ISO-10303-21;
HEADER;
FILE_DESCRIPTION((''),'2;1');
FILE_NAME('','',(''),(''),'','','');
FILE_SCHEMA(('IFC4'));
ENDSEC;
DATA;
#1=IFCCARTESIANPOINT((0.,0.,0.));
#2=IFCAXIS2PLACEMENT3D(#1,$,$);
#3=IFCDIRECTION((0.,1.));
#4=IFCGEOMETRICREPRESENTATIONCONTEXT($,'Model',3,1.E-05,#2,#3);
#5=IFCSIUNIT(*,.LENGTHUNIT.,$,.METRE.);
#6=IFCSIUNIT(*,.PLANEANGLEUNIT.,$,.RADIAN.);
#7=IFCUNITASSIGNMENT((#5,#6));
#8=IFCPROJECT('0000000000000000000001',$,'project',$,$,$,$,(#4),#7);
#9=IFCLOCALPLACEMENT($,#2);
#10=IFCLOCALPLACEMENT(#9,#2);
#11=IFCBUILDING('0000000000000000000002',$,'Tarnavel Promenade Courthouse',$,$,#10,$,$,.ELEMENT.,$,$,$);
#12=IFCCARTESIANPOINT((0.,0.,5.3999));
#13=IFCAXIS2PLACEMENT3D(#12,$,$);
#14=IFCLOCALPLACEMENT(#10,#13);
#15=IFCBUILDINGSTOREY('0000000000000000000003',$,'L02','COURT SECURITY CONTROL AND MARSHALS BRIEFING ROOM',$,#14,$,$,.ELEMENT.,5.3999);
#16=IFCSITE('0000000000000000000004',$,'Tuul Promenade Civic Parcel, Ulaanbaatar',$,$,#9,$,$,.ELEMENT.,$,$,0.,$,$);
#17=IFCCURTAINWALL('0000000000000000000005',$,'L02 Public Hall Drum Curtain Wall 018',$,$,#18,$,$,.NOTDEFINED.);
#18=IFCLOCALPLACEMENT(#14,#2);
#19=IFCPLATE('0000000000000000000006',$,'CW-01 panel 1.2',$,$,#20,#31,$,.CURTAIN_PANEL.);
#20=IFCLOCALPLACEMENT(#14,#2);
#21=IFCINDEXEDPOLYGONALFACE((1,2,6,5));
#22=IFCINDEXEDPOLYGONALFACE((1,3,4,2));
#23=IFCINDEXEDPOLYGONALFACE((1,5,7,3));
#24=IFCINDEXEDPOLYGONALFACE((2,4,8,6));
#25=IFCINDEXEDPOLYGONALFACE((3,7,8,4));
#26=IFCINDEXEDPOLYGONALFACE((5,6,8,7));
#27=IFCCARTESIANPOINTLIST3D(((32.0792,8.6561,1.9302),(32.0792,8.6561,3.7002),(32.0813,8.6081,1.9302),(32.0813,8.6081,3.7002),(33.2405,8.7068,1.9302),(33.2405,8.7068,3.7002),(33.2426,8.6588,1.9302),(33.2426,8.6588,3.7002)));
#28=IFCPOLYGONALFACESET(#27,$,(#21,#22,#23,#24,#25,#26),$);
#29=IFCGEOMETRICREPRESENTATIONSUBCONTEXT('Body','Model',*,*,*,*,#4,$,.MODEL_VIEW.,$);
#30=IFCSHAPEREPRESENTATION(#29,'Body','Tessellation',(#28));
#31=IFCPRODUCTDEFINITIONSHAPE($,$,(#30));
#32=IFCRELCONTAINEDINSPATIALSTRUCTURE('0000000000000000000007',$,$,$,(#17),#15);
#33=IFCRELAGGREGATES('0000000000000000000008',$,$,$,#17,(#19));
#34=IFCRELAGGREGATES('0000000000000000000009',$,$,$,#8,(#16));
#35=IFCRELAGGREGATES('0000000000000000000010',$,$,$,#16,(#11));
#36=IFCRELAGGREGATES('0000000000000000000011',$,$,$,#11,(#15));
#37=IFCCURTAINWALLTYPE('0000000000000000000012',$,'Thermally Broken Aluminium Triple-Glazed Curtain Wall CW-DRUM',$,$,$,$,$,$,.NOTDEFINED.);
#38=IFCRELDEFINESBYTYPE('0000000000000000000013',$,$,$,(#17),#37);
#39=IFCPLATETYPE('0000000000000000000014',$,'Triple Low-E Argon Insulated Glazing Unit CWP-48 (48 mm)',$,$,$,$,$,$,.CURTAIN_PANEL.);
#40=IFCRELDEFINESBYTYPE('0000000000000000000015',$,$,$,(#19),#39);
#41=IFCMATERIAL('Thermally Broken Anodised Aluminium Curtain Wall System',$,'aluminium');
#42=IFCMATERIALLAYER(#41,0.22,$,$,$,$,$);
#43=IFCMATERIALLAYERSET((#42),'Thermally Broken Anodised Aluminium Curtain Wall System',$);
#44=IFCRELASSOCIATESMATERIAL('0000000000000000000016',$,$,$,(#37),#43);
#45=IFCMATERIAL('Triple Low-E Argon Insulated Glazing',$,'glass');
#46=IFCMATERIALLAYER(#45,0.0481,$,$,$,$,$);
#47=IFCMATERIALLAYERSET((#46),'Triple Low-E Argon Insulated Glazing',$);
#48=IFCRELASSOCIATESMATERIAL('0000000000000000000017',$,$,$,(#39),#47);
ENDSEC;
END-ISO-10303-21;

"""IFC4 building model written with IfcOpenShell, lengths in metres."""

from ifc_helpers import new_model, si_unit, direction, frame, origin, origin_2d, place, context, subcontext, project, spatial, rectangle, extrude, material, layer, layer_set, type_object, element, aggregate, save


model = new_model("IFC4")

# Units and contexts
model_context = context("Model", 3, precision=1e-05, world=origin(), true_north=direction((0.0, 1.0)))
body_context = subcontext(model_context, "Body", "Model", "MODEL_VIEW")
ifc_project = project(units=[si_unit("LENGTHUNIT", "METRE"), si_unit("PLANEANGLEUNIT", "RADIAN")], contexts=[model_context])

# Site, building, storey
site_placement = place(None, origin())
site = spatial("IfcSite", under=ifc_project, at=site_placement, Name="Tuul Promenade Civic Parcel, Ulaanbaatar", CompositionType="ELEMENT", RefElevation=0.0)
building_placement = place(site_placement, origin())
building = spatial("IfcBuilding", under=site, at=building_placement, Name="Tarnavel Promenade Courthouse", CompositionType="ELEMENT")
storey_placement = place(building_placement, frame((0.0, 0.0, 5.3999)))
storey = spatial("IfcBuildingStorey", under=building, at=storey_placement, Name="L02", Description="COURT SECURITY CONTROL AND MARSHALS BRIEFING ROOM", CompositionType="ELEMENT", Elevation=5.3999)

# Shared definitions
ifc_material_1 = material(Name="Thermally Broken Anodised Aluminium Curtain Wall System", Category="aluminium")
ifc_layer_1 = layer(ifc_material_1, 0.22)
ifc_layer_set_1 = layer_set([ifc_layer_1], Name="Thermally Broken Anodised Aluminium Curtain Wall System")
curtain_wall_type = type_object("IfcCurtainWallType", Name="Thermally Broken Aluminium Triple-Glazed Curtain Wall CW-DRUM", PredefinedType="NOTDEFINED", material=ifc_layer_set_1)

# Curtain wall
curtain_wall_1_placement = place(storey_placement, origin())
curtain_wall_1 = element("IfcCurtainWall", 1, at=curtain_wall_1_placement, inside=storey, type_object=curtain_wall_type, Name="L02 Public Hall Drum Curtain Wall 018", PredefinedType="NOTDEFINED")

# Plate
ifc_material_2 = material(Name="Triple Low-E Argon Insulated Glazing", Category="glass")
ifc_layer_2 = layer(ifc_material_2, 0.0481)
ifc_layer_set_2 = layer_set([ifc_layer_2], Name="Triple Low-E Argon Insulated Glazing")
plate_type = type_object("IfcPlateType", Name="Triple Low-E Argon Insulated Glazing Unit CWP-48 (48 mm)", PredefinedType="CURTAIN_PANEL", material=ifc_layer_set_2)
plate_1_placement = place(storey_placement, frame((32.6609, 8.6575, 1.9302), z_axis=(0.0, 0.0, 1.0), x_axis=(0.999048, 0.043619, 0.0)))
plate_1 = element("IfcPlate", 2, at=plate_1_placement, type_object=plate_type, Name="CW-01 panel 1.2", PredefinedType="CURTAIN_PANEL", context=body_context, shape_type="SweptSolid", body=[
    extrude(rectangle(XDim=1.1624, YDim=0.0481, at=origin_2d()), origin(), (0.0, 0.0, 1.0), 1.77),
])
aggregate(curtain_wall_1, [plate_1])

save(model, "model.ifc")
